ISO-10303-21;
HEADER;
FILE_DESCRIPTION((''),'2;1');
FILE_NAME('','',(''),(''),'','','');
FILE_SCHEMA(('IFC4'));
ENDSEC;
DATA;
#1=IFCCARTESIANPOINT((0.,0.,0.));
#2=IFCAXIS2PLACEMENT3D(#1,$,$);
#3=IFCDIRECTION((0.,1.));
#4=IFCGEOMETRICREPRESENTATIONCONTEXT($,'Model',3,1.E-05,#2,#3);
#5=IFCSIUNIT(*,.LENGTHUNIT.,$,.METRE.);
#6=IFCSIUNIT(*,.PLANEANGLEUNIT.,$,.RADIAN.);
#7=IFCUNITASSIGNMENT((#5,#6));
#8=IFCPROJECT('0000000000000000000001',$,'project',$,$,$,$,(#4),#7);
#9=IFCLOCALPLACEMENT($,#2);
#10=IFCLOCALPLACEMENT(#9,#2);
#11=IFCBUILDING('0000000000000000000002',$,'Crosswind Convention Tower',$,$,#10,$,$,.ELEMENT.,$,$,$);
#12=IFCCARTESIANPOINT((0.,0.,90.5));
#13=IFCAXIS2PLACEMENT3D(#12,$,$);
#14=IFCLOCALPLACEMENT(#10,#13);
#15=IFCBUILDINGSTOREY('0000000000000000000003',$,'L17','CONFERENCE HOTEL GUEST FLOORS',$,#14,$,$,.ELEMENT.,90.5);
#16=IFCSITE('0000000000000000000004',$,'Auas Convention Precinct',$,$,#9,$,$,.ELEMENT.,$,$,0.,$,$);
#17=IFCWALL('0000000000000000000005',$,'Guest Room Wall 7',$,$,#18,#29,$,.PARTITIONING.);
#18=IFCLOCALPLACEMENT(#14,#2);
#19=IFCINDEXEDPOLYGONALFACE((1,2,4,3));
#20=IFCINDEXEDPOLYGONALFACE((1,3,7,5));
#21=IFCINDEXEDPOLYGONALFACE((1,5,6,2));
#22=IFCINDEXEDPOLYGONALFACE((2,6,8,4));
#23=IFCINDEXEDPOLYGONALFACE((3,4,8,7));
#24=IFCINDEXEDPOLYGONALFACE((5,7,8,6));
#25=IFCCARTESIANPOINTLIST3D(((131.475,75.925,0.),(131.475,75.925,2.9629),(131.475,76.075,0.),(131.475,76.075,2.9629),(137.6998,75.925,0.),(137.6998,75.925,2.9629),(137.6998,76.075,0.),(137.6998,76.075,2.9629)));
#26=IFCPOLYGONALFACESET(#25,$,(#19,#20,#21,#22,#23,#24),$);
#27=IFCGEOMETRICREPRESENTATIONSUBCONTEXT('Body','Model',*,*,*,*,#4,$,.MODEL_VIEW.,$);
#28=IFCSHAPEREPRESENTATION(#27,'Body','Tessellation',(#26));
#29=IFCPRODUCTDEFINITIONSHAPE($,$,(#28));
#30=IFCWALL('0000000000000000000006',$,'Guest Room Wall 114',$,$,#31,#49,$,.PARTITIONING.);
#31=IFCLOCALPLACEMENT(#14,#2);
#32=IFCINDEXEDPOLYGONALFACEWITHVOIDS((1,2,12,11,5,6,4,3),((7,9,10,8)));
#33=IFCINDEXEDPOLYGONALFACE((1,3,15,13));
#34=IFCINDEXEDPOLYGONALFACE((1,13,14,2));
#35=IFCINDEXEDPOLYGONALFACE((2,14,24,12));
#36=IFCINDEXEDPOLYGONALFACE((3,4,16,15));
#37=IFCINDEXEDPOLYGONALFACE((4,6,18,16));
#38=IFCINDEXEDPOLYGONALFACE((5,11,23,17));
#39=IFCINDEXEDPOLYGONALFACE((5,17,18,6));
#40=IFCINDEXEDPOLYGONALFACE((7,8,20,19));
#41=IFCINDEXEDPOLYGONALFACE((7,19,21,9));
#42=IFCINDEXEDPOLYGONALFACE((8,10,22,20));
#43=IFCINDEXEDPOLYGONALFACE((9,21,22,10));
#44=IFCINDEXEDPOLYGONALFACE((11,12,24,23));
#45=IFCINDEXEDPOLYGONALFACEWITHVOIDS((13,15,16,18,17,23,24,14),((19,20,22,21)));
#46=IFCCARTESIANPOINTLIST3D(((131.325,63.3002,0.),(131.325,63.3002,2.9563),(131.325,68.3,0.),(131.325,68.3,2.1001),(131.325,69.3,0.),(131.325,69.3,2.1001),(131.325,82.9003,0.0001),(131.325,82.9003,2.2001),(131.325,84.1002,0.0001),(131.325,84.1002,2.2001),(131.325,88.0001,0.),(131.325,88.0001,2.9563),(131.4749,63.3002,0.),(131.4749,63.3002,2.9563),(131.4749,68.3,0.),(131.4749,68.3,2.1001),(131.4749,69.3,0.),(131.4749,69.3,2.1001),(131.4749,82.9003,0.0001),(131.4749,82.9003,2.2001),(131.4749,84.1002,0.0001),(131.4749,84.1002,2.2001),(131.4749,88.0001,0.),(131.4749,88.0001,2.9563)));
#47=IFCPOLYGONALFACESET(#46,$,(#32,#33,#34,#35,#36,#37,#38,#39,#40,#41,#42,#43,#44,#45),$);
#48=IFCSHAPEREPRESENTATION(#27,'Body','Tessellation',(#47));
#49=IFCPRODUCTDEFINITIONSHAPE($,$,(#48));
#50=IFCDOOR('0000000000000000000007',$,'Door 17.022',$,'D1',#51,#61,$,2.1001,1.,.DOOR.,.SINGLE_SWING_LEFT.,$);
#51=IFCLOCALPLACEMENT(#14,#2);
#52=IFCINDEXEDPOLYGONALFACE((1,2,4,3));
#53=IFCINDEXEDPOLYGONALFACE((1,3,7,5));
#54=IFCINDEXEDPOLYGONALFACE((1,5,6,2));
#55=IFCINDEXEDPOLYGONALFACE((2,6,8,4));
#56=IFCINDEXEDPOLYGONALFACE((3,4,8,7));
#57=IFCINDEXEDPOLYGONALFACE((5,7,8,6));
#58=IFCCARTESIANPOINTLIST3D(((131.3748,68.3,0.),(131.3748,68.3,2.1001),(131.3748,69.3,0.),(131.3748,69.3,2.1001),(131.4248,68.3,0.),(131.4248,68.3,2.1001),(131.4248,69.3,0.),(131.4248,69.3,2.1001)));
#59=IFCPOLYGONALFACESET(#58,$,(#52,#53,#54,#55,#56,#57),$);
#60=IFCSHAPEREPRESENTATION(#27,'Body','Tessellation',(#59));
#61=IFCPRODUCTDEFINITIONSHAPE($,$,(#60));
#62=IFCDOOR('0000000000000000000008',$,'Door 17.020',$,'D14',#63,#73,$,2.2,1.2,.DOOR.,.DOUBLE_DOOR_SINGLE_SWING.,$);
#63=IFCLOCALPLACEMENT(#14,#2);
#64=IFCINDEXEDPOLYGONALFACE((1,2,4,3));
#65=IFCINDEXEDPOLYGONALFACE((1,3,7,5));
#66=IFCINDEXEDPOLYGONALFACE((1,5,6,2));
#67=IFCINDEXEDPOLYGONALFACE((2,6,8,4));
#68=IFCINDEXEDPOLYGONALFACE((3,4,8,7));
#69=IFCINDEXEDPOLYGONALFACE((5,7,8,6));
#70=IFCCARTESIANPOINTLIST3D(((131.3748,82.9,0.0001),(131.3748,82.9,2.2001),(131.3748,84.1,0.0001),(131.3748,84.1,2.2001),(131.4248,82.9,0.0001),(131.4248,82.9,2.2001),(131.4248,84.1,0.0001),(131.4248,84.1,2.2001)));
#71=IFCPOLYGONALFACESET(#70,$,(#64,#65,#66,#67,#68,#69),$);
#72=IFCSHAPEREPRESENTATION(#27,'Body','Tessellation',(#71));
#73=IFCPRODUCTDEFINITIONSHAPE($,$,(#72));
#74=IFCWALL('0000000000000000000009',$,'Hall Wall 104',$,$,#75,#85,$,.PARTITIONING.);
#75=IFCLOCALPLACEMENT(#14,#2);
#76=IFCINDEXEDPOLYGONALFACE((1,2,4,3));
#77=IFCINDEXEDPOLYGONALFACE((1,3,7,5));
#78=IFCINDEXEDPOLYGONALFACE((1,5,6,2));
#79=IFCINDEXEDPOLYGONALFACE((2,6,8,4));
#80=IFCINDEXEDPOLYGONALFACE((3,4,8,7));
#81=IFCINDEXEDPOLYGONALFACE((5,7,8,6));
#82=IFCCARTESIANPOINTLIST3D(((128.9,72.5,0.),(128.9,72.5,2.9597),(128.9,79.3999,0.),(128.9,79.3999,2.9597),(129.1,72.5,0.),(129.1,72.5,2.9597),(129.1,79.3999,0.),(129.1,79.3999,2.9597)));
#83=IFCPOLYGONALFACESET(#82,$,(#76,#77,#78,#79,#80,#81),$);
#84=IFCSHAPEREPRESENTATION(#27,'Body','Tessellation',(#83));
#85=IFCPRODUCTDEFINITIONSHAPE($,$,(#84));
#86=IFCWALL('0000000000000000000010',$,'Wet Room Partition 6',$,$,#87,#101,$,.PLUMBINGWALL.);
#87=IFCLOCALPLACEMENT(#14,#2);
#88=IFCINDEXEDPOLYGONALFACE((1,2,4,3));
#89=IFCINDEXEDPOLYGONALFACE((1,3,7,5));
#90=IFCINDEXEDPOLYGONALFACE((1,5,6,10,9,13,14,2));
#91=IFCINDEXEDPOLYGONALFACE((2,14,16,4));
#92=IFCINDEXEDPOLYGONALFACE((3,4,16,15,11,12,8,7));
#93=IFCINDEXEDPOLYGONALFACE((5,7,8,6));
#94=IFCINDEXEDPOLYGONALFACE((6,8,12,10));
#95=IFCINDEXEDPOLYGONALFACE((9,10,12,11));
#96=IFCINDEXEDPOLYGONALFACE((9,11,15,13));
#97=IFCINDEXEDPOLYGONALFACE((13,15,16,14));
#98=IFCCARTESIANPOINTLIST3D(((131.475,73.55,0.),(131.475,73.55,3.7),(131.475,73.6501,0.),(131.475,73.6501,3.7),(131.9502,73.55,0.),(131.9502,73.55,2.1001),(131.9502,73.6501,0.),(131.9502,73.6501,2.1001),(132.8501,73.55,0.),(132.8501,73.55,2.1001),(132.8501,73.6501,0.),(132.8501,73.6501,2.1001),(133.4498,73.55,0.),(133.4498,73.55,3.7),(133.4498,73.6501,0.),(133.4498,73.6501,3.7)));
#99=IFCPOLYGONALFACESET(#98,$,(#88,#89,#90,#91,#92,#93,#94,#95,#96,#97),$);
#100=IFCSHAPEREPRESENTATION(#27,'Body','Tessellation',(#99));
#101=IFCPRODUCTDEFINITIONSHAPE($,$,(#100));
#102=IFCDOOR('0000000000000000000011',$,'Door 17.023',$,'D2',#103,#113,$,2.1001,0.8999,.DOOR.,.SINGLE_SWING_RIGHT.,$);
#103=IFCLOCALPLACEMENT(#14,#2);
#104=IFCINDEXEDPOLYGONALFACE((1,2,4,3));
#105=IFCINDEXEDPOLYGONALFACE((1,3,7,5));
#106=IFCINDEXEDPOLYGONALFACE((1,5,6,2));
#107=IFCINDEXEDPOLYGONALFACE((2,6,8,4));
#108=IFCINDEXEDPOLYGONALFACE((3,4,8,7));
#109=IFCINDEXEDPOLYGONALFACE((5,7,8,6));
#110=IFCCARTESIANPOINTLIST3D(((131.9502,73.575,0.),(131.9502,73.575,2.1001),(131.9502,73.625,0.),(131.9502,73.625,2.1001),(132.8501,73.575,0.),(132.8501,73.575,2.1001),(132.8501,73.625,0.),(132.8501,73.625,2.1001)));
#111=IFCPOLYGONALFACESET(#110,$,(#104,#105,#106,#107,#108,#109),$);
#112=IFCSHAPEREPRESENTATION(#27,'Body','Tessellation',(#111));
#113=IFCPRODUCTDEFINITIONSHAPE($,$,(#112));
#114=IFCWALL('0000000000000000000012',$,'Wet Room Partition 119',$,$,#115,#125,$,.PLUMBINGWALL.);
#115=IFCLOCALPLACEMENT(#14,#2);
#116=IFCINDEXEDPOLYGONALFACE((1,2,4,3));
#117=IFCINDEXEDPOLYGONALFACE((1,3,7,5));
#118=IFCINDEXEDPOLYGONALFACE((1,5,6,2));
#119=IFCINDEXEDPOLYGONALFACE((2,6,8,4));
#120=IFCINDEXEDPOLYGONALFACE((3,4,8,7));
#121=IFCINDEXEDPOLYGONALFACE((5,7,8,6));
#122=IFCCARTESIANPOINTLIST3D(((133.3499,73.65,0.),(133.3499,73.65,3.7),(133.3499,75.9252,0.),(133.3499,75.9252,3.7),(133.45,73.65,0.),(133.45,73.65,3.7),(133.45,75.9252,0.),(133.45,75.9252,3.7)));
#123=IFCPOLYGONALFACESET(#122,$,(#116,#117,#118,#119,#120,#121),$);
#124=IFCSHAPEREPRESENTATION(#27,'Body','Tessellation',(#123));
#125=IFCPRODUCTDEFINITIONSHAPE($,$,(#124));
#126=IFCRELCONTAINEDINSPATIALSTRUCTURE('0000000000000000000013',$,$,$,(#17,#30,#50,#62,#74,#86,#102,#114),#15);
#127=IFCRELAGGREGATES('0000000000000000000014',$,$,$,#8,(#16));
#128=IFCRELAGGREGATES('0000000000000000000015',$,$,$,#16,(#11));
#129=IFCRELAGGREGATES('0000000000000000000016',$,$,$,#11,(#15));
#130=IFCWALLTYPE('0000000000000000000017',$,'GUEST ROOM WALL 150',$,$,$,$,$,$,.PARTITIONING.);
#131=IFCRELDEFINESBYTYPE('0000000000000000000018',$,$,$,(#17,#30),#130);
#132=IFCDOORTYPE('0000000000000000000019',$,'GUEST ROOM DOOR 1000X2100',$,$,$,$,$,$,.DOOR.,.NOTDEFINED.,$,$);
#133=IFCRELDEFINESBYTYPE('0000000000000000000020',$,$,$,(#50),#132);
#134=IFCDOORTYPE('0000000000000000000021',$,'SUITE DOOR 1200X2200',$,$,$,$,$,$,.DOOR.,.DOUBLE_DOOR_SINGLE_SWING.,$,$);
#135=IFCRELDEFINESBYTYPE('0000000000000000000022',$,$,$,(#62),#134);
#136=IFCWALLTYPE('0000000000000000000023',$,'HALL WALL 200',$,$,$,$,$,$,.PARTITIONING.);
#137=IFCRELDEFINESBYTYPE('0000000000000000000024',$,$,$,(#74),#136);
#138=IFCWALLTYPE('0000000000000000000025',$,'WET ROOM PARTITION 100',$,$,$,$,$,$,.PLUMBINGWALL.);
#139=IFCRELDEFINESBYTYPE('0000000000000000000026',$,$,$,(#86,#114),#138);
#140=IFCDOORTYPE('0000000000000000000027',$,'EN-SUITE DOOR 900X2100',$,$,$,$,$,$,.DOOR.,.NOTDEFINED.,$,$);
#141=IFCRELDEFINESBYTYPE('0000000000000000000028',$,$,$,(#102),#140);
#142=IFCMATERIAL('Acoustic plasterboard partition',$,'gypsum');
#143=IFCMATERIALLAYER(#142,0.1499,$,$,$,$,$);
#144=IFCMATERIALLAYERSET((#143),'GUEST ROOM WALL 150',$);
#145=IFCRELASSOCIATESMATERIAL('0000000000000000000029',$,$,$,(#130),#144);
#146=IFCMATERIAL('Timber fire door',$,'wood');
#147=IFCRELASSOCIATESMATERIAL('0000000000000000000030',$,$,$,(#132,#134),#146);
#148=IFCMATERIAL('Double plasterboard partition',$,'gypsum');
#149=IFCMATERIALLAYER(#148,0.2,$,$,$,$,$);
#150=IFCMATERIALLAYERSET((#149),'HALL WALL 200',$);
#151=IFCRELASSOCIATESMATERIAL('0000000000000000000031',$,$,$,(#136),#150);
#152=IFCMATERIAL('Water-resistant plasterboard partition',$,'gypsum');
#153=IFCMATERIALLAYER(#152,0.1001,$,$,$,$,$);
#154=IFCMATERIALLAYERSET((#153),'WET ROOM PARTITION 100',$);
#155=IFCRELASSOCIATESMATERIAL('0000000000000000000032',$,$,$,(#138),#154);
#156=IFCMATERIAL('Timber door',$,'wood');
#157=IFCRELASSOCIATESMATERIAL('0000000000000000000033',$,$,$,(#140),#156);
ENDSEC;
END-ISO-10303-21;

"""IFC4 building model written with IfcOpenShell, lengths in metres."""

from ifc_helpers import new_model, si_unit, direction, frame, frame_2d, origin, place, context, subcontext, project, spatial, rectangle, extrude, material, layer, layer_set, type_object, element, fill, save


model = new_model("IFC4")

# Units and contexts
model_context = context("Model", 3, precision=1e-05, world=origin(), true_north=direction((0.0, 1.0)))
body_context = subcontext(model_context, "Body", "Model", "MODEL_VIEW")
ifc_project = project(units=[si_unit("LENGTHUNIT", "METRE"), si_unit("PLANEANGLEUNIT", "RADIAN")], contexts=[model_context])

# Site, building, storey
site_placement = place(None, origin())
site = spatial("IfcSite", under=ifc_project, at=site_placement, Name="Auas Convention Precinct", CompositionType="ELEMENT", RefElevation=0.0)
building_placement = place(site_placement, origin())
building = spatial("IfcBuilding", under=site, at=building_placement, Name="Crosswind Convention Tower", CompositionType="ELEMENT")
storey_placement = place(building_placement, frame((0.0, 0.0, 90.5)))
storey = spatial("IfcBuildingStorey", under=building, at=storey_placement, Name="L17", Description="CONFERENCE HOTEL GUEST FLOORS", CompositionType="ELEMENT", Elevation=90.5)

# Wall
ifc_material_1 = material(Name="Acoustic plasterboard partition", Category="gypsum")
ifc_layer_1 = layer(ifc_material_1, 0.1499)
ifc_layer_set_1 = layer_set([ifc_layer_1], Name="GUEST ROOM WALL 150")
wall_type_1 = type_object("IfcWallType", Name="GUEST ROOM WALL 150", PredefinedType="PARTITIONING", material=ifc_layer_set_1)
wall_1_placement = place(storey_placement, frame((131.4751, 76.0, 0.0), z_axis=(0.0, 0.0, 1.0), x_axis=(1.0, 0.0, 0.0)))
element("IfcWall", 1, at=wall_1_placement, inside=storey, type_object=wall_type_1, Name="Guest Room Wall 7", PredefinedType="PARTITIONING", context=body_context, shape_type="SweptSolid", body=[
    extrude(rectangle(XDim=6.2249, YDim=0.1499, at=frame_2d((3.1123, 0.0))), origin(), (0.0, 0.0, 1.0), 2.9629),
])

# Wall, openings, doors
wall_2_placement = place(storey_placement, frame((131.3999, 63.3, 0.0), z_axis=(0.0, 0.0, 1.0), x_axis=(0.0, 1.0, 0.0)))
wall_2 = element("IfcWall", 2, at=wall_2_placement, inside=storey, type_object=wall_type_1, Name="Guest Room Wall 114", PredefinedType="PARTITIONING", context=body_context, shape_type="SweptSolid", body=[
    extrude(rectangle(XDim=24.7, YDim=0.1499, at=frame_2d((12.3501, 0.0))), origin(), (0.0, 0.0, 1.0), 2.9563),
])
opening_1_placement = place(wall_2_placement, frame((19.6001, 0.0, 0.0)))
opening_1 = element("IfcOpeningElement", 3, at=opening_1_placement, cuts=wall_2, PredefinedType="OPENING", context=body_context, shape_type="SweptSolid", body=[
    extrude(rectangle(XDim=1.2, YDim=2.2, at=frame_2d((0.6001, 1.1001))), frame((0.0, 0.085, 0.0), z_axis=(0.0, -1.0, 0.0), x_axis=(1.0, 0.0, 0.0)), (0.0, 0.0, 1.0), 0.1699),
])
opening_2_placement = place(wall_2_placement, frame((5.0, 0.0, 0.0)))
opening_2 = element("IfcOpeningElement", 4, at=opening_2_placement, cuts=wall_2, PredefinedType="OPENING", context=body_context, shape_type="SweptSolid", body=[
    extrude(rectangle(XDim=1.0, YDim=2.1001, at=frame_2d((0.5, 1.05))), frame((0.0, 0.085, 0.0), z_axis=(0.0, -1.0, 0.0), x_axis=(1.0, 0.0, 0.0)), (0.0, 0.0, 1.0), 0.1699),
])
ifc_material_2 = material(Name="Timber fire door", Category="wood")
door_type_1 = type_object("IfcDoorType", Name="GUEST ROOM DOOR 1000X2100", OperationType="NOTDEFINED", PredefinedType="DOOR", material=ifc_material_2)
door_1_placement = place(opening_2_placement, frame((1.0, 0.0, 0.0), z_axis=(0.0, 0.0, 1.0), x_axis=(-1.0, 0.0, 0.0)))
door_1 = element("IfcDoor", 5, at=door_1_placement, inside=storey, type_object=door_type_1, Name="Door 17.022", ObjectType="D1", OperationType="SINGLE_SWING_LEFT", OverallHeight=2.1001, OverallWidth=1.0, PredefinedType="DOOR", context=body_context, shape_type="SweptSolid", body=[
    extrude(rectangle(XDim=1.0, YDim=2.1001, at=frame_2d((0.5, 1.05))), frame((0.0, 0.0249, 0.0), z_axis=(0.0, -1.0, 0.0), x_axis=(1.0, 0.0, 0.0)), (0.0, 0.0, 1.0), 0.05),
])
fill(opening_2, door_1)
door_type_2 = type_object("IfcDoorType", Name="SUITE DOOR 1200X2200", OperationType="DOUBLE_DOOR_SINGLE_SWING", PredefinedType="DOOR", material=ifc_material_2)
door_2_placement = place(opening_1_placement, frame((1.2, 0.0, 0.0), z_axis=(0.0, 0.0, 1.0), x_axis=(-1.0, 0.0, 0.0)))
door_2 = element("IfcDoor", 6, at=door_2_placement, inside=storey, type_object=door_type_2, Name="Door 17.020", ObjectType="D14", OperationType="DOUBLE_DOOR_SINGLE_SWING", OverallHeight=2.2, OverallWidth=1.2, PredefinedType="DOOR", context=body_context, shape_type="SweptSolid", body=[
    extrude(rectangle(XDim=1.2, YDim=2.2, at=frame_2d((0.6001, 1.1001))), frame((0.0, 0.0249, 0.0), z_axis=(0.0, -1.0, 0.0), x_axis=(1.0, 0.0, 0.0)), (0.0, 0.0, 1.0), 0.05),
])
fill(opening_1, door_2)

# Wall
ifc_material_3 = material(Name="Double plasterboard partition", Category="gypsum")
ifc_layer_2 = layer(ifc_material_3, 0.2)
ifc_layer_set_2 = layer_set([ifc_layer_2], Name="HALL WALL 200")
wall_type_2 = type_object("IfcWallType", Name="HALL WALL 200", PredefinedType="PARTITIONING", material=ifc_layer_set_2)
wall_3_placement = place(storey_placement, frame((129.0, 72.5, 0.0), z_axis=(0.0, 0.0, 1.0), x_axis=(0.0, 1.0, 0.0)))
element("IfcWall", 7, at=wall_3_placement, inside=storey, type_object=wall_type_2, Name="Hall Wall 104", PredefinedType="PARTITIONING", context=body_context, shape_type="SweptSolid", body=[
    extrude(rectangle(XDim=6.8999, YDim=0.2, at=frame_2d((3.45, 0.0))), origin(), (0.0, 0.0, 1.0), 2.9597),
])

# Wall, opening, door
ifc_material_4 = material(Name="Water-resistant plasterboard partition", Category="gypsum")
ifc_layer_3 = layer(ifc_material_4, 0.1001)
ifc_layer_set_3 = layer_set([ifc_layer_3], Name="WET ROOM PARTITION 100")
wall_type_3 = type_object("IfcWallType", Name="WET ROOM PARTITION 100", PredefinedType="PLUMBINGWALL", material=ifc_layer_set_3)
wall_4_placement = place(storey_placement, frame((131.4751, 73.6001, 0.0), z_axis=(0.0, 0.0, 1.0), x_axis=(1.0, 0.0, 0.0)))
wall_4 = element("IfcWall", 8, at=wall_4_placement, inside=storey, type_object=wall_type_3, Name="Wet Room Partition 6", PredefinedType="PLUMBINGWALL", context=body_context, shape_type="SweptSolid", body=[
    extrude(rectangle(XDim=1.9749, YDim=0.1001, at=frame_2d((0.9873, 0.0))), origin(), (0.0, 0.0, 1.0), 3.7),
])
opening_3_placement = place(wall_4_placement, frame((0.4751, 0.0, 0.0)))
opening_3 = element("IfcOpeningElement", 9, at=opening_3_placement, cuts=wall_4, PredefinedType="OPENING", context=body_context, shape_type="SweptSolid", body=[
    extrude(rectangle(XDim=0.8999, YDim=2.1001, at=frame_2d((0.45, 1.05))), frame((0.0, 0.0601, 0.0), z_axis=(0.0, -1.0, 0.0), x_axis=(1.0, 0.0, 0.0)), (0.0, 0.0, 1.0), 0.1201),
])
ifc_material_5 = material(Name="Timber door", Category="wood")
door_type_3 = type_object("IfcDoorType", Name="EN-SUITE DOOR 900X2100", OperationType="NOTDEFINED", PredefinedType="DOOR", material=ifc_material_5)
door_3_placement = place(opening_3_placement, origin())
door_3 = element("IfcDoor", 10, at=door_3_placement, inside=storey, type_object=door_type_3, Name="Door 17.023", ObjectType="D2", OperationType="SINGLE_SWING_RIGHT", OverallHeight=2.1001, OverallWidth=0.8999, PredefinedType="DOOR", context=body_context, shape_type="SweptSolid", body=[
    extrude(rectangle(XDim=0.8999, YDim=2.1001, at=frame_2d((0.45, 1.05))), frame((0.0, 0.0249, 0.0), z_axis=(0.0, -1.0, 0.0), x_axis=(1.0, 0.0, 0.0)), (0.0, 0.0, 1.0), 0.05),
])
fill(opening_3, door_3)

# Wall
wall_5_placement = place(storey_placement, frame((133.3999, 73.6499, 0.0), z_axis=(0.0, 0.0, 1.0), x_axis=(0.0, 1.0, 0.0)))
element("IfcWall", 11, at=wall_5_placement, inside=storey, type_object=wall_type_3, Name="Wet Room Partition 119", PredefinedType="PLUMBINGWALL", context=body_context, shape_type="SweptSolid", body=[
    extrude(rectangle(XDim=2.2751, YDim=0.1001, at=frame_2d((1.1377, 0.0))), origin(), (0.0, 0.0, 1.0), 3.7),
])

save(model, "model.ifc")
